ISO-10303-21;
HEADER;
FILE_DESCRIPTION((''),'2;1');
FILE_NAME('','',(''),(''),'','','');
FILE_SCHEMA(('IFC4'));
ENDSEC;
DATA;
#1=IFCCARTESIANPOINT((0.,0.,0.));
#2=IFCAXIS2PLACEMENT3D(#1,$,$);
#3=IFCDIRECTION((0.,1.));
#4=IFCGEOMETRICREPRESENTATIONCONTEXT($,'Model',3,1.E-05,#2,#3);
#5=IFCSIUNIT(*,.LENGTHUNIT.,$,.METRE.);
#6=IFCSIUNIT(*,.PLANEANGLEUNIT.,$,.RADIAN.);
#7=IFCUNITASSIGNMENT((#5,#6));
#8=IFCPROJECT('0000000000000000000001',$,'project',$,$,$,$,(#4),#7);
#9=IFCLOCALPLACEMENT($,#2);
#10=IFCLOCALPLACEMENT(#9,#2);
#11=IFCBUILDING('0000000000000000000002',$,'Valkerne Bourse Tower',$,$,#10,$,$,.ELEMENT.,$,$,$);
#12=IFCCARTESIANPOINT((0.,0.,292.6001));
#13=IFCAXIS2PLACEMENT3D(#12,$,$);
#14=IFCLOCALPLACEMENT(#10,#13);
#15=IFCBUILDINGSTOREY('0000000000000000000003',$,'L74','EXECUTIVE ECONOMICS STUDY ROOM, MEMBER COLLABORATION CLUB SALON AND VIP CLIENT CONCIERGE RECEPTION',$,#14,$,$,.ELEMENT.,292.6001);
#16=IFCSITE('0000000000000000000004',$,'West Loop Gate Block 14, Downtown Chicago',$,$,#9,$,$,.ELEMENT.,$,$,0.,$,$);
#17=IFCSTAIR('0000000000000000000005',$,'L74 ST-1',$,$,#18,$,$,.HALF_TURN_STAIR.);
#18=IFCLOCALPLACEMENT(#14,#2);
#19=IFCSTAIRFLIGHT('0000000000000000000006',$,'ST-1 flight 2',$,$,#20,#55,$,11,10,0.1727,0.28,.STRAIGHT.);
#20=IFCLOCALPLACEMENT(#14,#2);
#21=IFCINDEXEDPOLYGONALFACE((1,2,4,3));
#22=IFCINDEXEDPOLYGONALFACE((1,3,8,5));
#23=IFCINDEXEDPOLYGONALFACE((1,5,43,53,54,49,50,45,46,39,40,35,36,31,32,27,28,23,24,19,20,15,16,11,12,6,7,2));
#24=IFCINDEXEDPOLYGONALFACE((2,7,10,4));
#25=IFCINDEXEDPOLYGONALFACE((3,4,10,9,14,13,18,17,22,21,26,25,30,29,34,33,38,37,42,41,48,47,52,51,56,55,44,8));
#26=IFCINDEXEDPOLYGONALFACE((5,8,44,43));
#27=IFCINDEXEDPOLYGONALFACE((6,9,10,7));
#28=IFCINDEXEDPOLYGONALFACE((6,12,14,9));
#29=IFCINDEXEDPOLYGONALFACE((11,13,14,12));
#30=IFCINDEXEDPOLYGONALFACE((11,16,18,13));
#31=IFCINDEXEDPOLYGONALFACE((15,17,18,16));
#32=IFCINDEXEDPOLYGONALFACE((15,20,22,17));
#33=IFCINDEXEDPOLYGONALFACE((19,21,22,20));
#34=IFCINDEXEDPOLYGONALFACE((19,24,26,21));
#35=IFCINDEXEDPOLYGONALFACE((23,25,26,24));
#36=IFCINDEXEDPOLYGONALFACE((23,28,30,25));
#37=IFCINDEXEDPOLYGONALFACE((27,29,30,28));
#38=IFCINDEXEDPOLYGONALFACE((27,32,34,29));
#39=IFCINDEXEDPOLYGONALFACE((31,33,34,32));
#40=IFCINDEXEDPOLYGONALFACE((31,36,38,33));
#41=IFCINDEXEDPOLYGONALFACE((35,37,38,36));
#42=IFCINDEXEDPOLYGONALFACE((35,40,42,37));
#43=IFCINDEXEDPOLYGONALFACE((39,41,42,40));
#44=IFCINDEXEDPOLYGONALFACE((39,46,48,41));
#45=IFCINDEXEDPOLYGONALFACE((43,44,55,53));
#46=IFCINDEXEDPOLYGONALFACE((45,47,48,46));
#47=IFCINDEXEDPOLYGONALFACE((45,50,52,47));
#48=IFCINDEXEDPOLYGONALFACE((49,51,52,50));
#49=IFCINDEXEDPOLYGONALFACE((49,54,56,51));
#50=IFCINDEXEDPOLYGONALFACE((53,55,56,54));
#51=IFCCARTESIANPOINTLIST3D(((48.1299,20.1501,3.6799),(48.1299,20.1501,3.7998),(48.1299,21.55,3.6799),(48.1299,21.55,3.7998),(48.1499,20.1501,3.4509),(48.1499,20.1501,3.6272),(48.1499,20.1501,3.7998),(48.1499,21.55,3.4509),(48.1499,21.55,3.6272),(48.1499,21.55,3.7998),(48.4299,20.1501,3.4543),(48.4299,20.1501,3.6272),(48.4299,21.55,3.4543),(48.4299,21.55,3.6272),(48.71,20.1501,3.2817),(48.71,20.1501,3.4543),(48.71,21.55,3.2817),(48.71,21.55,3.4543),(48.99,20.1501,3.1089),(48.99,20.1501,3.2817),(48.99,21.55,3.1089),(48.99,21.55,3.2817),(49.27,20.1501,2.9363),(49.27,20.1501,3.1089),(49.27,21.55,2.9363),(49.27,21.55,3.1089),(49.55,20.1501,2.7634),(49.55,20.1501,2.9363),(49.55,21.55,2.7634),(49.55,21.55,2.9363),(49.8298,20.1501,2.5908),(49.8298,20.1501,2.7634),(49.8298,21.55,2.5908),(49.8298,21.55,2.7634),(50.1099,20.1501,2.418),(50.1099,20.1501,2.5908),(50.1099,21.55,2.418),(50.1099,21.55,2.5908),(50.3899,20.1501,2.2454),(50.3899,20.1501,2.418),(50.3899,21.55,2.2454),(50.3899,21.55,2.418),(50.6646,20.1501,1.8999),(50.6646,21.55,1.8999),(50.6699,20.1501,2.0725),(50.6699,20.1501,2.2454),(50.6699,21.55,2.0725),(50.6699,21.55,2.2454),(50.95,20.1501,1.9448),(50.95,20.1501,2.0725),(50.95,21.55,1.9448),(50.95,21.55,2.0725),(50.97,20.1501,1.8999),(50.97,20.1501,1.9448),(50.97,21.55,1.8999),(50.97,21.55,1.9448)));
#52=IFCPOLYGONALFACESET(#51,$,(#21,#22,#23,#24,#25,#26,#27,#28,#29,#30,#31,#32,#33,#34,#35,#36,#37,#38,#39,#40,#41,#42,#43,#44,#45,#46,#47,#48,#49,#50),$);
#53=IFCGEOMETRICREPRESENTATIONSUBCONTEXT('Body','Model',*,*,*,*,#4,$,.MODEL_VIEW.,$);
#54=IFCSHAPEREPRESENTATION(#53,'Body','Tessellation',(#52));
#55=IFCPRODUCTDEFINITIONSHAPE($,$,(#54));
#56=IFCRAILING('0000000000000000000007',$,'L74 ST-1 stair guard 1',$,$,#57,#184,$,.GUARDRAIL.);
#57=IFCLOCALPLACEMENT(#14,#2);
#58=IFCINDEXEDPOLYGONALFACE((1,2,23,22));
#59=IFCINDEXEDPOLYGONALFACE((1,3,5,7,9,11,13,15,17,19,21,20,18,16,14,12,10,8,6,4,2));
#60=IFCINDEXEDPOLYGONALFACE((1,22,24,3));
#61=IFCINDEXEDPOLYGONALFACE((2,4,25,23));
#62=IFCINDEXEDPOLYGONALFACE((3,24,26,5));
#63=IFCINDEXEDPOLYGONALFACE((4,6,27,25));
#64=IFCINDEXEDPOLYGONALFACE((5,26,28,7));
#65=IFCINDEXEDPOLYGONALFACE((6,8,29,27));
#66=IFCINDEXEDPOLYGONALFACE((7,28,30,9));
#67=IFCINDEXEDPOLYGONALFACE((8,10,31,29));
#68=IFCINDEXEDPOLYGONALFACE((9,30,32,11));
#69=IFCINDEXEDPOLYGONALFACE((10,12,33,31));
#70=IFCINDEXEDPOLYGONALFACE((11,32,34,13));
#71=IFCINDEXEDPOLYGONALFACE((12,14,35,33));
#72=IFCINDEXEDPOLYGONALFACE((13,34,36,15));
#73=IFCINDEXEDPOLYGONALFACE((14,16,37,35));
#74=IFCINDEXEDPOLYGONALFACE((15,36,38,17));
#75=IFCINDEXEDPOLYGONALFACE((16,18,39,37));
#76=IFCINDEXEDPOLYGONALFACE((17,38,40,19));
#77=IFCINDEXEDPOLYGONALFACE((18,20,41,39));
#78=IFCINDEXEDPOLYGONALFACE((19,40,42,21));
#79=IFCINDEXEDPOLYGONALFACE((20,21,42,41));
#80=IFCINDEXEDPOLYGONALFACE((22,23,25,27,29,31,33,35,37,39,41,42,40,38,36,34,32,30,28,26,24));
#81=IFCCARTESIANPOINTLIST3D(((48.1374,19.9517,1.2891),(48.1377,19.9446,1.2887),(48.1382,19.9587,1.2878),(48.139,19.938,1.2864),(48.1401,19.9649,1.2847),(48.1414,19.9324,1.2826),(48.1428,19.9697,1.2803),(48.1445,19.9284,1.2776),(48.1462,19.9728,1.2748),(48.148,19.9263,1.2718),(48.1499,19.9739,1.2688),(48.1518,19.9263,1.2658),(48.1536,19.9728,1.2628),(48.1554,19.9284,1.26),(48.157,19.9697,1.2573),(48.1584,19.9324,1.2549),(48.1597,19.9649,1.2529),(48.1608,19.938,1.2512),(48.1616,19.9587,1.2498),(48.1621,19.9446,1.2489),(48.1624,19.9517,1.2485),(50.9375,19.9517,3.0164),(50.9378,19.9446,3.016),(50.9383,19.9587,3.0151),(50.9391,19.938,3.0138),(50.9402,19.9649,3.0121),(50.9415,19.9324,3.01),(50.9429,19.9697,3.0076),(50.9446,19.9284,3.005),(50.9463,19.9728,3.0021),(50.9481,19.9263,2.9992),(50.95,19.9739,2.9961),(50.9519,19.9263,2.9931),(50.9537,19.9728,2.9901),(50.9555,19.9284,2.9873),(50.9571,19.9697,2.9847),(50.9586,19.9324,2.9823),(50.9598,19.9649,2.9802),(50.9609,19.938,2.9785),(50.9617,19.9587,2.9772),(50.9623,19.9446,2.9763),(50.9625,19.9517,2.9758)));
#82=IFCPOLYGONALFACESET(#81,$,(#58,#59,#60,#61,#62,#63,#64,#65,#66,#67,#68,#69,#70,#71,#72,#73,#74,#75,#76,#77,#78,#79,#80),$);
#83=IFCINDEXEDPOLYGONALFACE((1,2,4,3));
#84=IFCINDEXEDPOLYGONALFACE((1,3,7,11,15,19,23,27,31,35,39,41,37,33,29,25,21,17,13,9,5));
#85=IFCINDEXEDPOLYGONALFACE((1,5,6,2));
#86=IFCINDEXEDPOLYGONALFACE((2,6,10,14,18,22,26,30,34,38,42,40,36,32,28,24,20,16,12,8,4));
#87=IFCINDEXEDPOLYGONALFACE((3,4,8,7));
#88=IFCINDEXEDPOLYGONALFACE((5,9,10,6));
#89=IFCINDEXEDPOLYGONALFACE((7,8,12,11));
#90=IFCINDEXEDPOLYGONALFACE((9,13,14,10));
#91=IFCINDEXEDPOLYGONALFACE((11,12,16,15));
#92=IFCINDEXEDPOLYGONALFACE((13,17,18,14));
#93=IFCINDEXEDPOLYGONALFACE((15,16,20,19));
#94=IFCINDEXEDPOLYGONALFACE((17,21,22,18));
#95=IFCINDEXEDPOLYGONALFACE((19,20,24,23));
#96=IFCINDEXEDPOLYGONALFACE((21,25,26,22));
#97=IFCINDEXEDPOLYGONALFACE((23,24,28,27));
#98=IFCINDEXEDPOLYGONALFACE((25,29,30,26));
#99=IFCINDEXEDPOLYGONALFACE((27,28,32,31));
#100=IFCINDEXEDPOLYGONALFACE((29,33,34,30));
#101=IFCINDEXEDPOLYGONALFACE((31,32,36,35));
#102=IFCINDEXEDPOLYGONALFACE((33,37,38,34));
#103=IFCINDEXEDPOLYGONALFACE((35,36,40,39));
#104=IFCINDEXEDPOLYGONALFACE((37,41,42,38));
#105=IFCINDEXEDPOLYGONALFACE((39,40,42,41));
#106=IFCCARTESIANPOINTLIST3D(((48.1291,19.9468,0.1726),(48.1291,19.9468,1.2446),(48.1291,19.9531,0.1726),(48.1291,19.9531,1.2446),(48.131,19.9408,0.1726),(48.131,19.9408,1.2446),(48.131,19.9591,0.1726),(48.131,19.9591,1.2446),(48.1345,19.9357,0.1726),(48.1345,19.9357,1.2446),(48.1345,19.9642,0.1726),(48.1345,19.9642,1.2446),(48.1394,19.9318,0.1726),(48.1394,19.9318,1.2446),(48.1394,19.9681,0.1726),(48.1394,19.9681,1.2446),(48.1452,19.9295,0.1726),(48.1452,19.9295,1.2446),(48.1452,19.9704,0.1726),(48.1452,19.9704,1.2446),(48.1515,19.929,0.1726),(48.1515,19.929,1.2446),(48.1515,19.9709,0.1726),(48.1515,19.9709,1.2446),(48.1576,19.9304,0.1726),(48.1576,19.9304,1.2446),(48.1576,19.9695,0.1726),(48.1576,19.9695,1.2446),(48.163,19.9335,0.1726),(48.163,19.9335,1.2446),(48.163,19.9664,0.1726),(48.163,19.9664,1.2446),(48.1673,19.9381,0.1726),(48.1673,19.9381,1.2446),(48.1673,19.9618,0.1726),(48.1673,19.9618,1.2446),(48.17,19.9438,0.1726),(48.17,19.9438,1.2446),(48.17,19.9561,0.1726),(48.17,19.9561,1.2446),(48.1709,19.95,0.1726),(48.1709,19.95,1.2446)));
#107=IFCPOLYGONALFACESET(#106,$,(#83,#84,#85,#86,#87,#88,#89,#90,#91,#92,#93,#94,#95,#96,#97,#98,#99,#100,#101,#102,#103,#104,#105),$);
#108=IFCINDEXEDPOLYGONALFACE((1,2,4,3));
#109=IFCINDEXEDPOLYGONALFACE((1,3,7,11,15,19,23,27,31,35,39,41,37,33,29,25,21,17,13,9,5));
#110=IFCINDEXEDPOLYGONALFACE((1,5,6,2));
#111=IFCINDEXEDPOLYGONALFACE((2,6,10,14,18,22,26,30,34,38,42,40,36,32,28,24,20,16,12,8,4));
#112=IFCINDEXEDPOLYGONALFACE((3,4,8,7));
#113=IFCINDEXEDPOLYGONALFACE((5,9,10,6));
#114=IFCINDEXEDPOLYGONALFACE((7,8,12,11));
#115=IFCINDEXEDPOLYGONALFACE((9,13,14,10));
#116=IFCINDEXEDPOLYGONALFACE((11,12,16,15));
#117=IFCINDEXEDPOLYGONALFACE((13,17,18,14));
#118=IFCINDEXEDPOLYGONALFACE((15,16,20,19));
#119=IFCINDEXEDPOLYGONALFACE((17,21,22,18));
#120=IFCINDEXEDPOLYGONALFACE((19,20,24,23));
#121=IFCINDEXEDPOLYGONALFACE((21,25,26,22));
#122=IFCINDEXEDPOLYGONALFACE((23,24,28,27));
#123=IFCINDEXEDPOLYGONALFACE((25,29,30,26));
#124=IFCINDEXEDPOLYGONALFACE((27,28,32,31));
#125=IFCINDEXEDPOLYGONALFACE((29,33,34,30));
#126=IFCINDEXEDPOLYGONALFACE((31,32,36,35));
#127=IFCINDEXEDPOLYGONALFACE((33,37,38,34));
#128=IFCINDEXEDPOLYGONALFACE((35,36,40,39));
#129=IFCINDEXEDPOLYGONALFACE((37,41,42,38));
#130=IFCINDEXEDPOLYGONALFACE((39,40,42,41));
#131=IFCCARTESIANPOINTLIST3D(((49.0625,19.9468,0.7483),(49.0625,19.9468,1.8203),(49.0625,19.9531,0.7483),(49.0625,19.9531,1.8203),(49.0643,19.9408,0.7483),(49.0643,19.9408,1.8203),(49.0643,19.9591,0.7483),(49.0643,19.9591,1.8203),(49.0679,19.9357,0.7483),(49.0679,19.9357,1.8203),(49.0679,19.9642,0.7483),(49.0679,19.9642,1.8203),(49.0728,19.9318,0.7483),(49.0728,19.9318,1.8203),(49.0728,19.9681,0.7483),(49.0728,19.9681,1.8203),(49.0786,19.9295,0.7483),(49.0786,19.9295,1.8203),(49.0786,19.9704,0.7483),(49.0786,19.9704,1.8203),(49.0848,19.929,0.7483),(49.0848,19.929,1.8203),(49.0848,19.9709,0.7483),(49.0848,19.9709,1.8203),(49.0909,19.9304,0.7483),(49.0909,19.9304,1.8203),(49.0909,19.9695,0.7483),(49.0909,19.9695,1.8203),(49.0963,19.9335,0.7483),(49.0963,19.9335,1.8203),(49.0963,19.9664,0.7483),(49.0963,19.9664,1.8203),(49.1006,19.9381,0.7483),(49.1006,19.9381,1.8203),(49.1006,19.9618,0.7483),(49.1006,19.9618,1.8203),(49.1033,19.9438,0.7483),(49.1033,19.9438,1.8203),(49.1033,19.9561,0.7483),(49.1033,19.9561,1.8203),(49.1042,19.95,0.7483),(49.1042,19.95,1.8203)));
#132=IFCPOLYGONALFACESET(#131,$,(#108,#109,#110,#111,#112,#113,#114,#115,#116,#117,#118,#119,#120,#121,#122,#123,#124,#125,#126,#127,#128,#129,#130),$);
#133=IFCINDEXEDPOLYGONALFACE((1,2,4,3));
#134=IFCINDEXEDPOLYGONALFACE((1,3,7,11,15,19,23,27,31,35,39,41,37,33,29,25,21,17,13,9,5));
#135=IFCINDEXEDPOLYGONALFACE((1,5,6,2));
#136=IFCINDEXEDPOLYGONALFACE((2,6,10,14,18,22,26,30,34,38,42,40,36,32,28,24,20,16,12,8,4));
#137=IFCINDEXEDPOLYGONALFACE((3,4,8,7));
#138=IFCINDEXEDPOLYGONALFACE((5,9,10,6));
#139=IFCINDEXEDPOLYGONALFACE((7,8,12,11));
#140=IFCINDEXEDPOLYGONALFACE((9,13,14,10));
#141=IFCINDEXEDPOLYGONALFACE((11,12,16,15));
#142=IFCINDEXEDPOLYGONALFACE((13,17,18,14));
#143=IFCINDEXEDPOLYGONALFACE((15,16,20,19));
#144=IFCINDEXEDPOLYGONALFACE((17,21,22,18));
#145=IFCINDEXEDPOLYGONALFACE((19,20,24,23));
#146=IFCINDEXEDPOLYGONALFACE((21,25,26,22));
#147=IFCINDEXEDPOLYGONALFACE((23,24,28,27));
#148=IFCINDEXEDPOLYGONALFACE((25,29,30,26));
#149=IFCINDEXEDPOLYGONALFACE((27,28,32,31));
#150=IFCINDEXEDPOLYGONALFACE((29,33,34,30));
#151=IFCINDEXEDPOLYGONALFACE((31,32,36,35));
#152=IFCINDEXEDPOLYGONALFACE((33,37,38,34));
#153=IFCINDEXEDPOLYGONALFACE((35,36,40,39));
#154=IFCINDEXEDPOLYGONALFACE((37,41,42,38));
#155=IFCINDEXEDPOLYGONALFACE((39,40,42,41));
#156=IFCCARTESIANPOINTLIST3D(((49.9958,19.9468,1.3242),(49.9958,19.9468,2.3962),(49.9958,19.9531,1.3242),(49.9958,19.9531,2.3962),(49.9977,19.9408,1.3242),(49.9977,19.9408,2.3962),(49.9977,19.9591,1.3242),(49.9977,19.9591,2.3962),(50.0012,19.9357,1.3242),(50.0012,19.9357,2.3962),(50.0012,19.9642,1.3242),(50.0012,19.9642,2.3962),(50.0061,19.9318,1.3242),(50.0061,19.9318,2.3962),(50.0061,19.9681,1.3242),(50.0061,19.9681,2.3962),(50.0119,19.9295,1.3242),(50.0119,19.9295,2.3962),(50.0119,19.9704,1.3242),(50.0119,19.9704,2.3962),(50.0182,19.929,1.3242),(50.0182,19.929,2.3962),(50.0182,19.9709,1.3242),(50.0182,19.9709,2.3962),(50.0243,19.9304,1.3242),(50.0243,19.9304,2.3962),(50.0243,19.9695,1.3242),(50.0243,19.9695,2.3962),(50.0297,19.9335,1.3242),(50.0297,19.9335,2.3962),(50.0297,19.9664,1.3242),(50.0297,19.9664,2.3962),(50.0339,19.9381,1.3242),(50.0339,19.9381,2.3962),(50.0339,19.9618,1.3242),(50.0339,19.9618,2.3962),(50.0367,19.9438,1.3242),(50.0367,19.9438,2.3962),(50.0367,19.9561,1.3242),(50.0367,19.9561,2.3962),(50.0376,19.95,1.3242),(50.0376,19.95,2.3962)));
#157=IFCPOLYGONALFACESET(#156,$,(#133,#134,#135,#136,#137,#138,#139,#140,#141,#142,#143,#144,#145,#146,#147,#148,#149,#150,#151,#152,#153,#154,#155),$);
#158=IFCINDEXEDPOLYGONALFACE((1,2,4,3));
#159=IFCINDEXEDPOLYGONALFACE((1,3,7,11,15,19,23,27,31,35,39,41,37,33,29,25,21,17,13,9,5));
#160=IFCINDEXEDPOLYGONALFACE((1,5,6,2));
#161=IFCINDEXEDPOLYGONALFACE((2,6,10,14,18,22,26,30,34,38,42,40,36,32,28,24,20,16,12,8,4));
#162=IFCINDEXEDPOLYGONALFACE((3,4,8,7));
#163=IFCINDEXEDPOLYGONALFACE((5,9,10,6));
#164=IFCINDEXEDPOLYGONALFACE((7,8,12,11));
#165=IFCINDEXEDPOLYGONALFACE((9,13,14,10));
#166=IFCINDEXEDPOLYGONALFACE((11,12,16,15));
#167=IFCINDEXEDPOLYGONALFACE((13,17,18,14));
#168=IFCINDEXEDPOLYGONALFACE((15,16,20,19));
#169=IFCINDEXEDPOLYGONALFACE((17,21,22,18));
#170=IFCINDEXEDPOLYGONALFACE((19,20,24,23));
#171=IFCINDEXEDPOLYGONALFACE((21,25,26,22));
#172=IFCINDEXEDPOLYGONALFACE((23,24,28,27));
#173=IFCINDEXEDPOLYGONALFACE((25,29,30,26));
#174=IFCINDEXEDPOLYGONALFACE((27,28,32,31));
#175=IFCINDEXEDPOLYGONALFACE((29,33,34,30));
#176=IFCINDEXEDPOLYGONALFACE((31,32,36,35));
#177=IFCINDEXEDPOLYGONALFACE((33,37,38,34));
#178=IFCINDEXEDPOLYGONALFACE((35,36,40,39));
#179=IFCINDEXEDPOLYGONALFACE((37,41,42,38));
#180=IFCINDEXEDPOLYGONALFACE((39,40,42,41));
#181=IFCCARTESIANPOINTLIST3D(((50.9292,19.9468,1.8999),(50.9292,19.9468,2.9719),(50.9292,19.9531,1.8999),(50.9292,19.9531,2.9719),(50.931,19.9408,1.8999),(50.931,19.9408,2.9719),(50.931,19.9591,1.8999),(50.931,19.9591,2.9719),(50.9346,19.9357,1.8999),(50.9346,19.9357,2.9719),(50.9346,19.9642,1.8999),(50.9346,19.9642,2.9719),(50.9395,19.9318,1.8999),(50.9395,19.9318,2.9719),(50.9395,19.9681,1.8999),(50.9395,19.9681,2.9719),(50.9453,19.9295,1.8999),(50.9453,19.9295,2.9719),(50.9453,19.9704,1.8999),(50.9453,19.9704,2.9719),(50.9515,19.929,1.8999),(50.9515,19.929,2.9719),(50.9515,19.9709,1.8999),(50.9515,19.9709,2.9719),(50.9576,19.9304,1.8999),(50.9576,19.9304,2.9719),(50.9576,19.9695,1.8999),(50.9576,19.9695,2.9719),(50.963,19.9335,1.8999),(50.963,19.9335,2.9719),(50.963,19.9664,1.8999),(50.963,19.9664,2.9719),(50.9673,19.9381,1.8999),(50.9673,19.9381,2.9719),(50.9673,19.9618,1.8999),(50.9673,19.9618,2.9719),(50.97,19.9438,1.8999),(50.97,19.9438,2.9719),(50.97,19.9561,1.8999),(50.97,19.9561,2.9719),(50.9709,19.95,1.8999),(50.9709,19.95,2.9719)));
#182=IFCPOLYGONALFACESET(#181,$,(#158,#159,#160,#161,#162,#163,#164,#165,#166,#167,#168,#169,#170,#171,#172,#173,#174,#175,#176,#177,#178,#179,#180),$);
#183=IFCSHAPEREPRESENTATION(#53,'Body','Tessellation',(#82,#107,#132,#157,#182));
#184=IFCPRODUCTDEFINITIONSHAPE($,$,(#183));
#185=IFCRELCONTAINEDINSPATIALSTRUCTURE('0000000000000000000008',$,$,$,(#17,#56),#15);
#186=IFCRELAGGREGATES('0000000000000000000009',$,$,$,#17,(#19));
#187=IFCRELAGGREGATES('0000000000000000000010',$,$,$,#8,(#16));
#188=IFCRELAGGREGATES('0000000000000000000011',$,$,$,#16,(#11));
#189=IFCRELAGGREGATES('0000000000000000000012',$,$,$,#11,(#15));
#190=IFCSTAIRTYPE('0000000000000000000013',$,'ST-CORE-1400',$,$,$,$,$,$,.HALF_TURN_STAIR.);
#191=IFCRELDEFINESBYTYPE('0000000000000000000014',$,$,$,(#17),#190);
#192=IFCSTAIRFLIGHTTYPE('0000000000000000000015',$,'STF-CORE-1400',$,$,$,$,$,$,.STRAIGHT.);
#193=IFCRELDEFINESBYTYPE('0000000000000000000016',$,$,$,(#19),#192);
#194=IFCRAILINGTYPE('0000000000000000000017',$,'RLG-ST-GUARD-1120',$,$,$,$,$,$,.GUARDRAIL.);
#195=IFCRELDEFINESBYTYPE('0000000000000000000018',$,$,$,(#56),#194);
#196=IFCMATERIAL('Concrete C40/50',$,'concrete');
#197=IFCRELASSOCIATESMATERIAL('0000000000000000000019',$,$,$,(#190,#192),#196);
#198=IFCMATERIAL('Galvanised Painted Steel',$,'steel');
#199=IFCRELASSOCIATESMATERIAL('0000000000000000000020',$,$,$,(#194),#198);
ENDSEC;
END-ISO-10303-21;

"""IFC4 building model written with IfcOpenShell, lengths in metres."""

from ifc_helpers import new_model, si_unit, direction, frame, origin, origin_2d, place, context, subcontext, project, spatial, polyline, circle, outline, extrude, material, type_object, element, aggregate, save


model = new_model("IFC4")

# Units and contexts
model_context = context("Model", 3, precision=1e-05, world=origin(), true_north=direction((0.0, 1.0)))
body_context = subcontext(model_context, "Body", "Model", "MODEL_VIEW")
ifc_project = project(units=[si_unit("LENGTHUNIT", "METRE"), si_unit("PLANEANGLEUNIT", "RADIAN")], contexts=[model_context])

# Site, building, storey
site_placement = place(None, origin())
site = spatial("IfcSite", under=ifc_project, at=site_placement, Name="West Loop Gate Block 14, Downtown Chicago", CompositionType="ELEMENT", RefElevation=0.0)
building_placement = place(site_placement, origin())
building = spatial("IfcBuilding", under=site, at=building_placement, Name="Valkerne Bourse Tower", CompositionType="ELEMENT")
storey_placement = place(building_placement, frame((0.0, 0.0, 292.6001)))
storey = spatial("IfcBuildingStorey", under=building, at=storey_placement, Name="L74", Description="EXECUTIVE ECONOMICS STUDY ROOM, MEMBER COLLABORATION CLUB SALON AND VIP CLIENT CONCIERGE RECEPTION", CompositionType="ELEMENT", Elevation=292.6001)

# Shared definitions
ifc_material_1 = material(Name="Galvanised Painted Steel", Category="steel")

# Shared definitions
ifc_material_2 = material(Name="Concrete C40/50", Category="concrete")

# Stair, stair flight
stair_type = type_object("IfcStairType", Name="ST-CORE-1400", PredefinedType="HALF_TURN_STAIR", material=ifc_material_2)
stair_placement = place(storey_placement, origin())
stair = element("IfcStair", 1, at=stair_placement, inside=storey, type_object=stair_type, Name="L74 ST-1", PredefinedType="HALF_TURN_STAIR")
stair_flight_type = type_object("IfcStairFlightType", Name="STF-CORE-1400", PredefinedType="STRAIGHT", material=ifc_material_2)
stair_flight_1_placement = place(storey_placement, frame((50.95, 20.8501, 1.8999), z_axis=(0.0, 0.0, 1.0), x_axis=(-1.0, 0.0, 0.0)))
stair_flight_1 = element("IfcStairFlight", 2, at=stair_flight_1_placement, type_object=stair_flight_type, Name="ST-1 flight 2", NumberOfRisers=11, NumberOfTreads=10, PredefinedType="STRAIGHT", RiserHeight=0.1727, TreadLength=0.28, context=body_context, shape_type="SweptSolid", body=[
    extrude(outline(polyline([(-0.02, 0.0), (-0.02, 0.0449), (0.0, 0.0449), (0.0, 0.1726), (0.28, 0.1726), (0.28, 0.3455), (0.5601, 0.3455), (0.5601, 0.5181), (0.8401, 0.5181), (0.8401, 0.6909), (1.1201, 0.6909), (1.1201, 0.8635), (1.3999, 0.8635), (1.3999, 1.0364), (1.6799, 1.0364), (1.6799, 1.209), (1.96, 1.209), (1.96, 1.3818), (2.24, 1.3818), (2.24, 1.5544), (2.52, 1.5544), (2.52, 1.7273), (2.8, 1.7273), (2.8, 1.8999), (2.8201, 1.8999), (2.8201, 1.78), (2.8, 1.551), (0.2854, 0.0), (-0.02, 0.0)])), frame((0.0, 0.7, 0.0), z_axis=(0.0, -1.0, 0.0), x_axis=(1.0, 0.0, 0.0)), (0.0, 0.0, 1.0), 1.3999),
])
aggregate(stair, [stair_flight_1])

# Railing
railing_type_1 = type_object("IfcRailingType", Name="RLG-ST-GUARD-1120", PredefinedType="GUARDRAIL", material=ifc_material_1)
railing_1_placement = place(storey_placement, frame((48.1499, 19.95, 0.1726)))
element("IfcRailing", 3, at=railing_1_placement, inside=storey, type_object=railing_type_1, Name="L74 ST-1 stair guard 1", PredefinedType="GUARDRAIL", context=body_context, shape_type="SweptSolid", body=[
    extrude(circle(Radius=0.0239, at=origin_2d()), frame((0.0, 0.0, 1.0962), z_axis=(0.85109, 0.0, 0.52502), x_axis=(0.0, 1.0, 0.0)), (0.0, 0.0, 1.0), 3.29),
    extrude(circle(Radius=0.021, at=origin_2d()), origin(), (0.0, 0.0, 1.0), 1.072),
    extrude(circle(Radius=0.021, at=origin_2d()), frame((0.9333, 0.0, 0.5757)), (0.0, 0.0, 1.0), 1.072),
    extrude(circle(Radius=0.021, at=origin_2d()), frame((1.8667, 0.0, 1.1516)), (0.0, 0.0, 1.0), 1.072),
    extrude(circle(Radius=0.021, at=origin_2d()), frame((2.8, 0.0, 1.7273)), (0.0, 0.0, 1.0), 1.072),
])

save(model, "model.ifc")
